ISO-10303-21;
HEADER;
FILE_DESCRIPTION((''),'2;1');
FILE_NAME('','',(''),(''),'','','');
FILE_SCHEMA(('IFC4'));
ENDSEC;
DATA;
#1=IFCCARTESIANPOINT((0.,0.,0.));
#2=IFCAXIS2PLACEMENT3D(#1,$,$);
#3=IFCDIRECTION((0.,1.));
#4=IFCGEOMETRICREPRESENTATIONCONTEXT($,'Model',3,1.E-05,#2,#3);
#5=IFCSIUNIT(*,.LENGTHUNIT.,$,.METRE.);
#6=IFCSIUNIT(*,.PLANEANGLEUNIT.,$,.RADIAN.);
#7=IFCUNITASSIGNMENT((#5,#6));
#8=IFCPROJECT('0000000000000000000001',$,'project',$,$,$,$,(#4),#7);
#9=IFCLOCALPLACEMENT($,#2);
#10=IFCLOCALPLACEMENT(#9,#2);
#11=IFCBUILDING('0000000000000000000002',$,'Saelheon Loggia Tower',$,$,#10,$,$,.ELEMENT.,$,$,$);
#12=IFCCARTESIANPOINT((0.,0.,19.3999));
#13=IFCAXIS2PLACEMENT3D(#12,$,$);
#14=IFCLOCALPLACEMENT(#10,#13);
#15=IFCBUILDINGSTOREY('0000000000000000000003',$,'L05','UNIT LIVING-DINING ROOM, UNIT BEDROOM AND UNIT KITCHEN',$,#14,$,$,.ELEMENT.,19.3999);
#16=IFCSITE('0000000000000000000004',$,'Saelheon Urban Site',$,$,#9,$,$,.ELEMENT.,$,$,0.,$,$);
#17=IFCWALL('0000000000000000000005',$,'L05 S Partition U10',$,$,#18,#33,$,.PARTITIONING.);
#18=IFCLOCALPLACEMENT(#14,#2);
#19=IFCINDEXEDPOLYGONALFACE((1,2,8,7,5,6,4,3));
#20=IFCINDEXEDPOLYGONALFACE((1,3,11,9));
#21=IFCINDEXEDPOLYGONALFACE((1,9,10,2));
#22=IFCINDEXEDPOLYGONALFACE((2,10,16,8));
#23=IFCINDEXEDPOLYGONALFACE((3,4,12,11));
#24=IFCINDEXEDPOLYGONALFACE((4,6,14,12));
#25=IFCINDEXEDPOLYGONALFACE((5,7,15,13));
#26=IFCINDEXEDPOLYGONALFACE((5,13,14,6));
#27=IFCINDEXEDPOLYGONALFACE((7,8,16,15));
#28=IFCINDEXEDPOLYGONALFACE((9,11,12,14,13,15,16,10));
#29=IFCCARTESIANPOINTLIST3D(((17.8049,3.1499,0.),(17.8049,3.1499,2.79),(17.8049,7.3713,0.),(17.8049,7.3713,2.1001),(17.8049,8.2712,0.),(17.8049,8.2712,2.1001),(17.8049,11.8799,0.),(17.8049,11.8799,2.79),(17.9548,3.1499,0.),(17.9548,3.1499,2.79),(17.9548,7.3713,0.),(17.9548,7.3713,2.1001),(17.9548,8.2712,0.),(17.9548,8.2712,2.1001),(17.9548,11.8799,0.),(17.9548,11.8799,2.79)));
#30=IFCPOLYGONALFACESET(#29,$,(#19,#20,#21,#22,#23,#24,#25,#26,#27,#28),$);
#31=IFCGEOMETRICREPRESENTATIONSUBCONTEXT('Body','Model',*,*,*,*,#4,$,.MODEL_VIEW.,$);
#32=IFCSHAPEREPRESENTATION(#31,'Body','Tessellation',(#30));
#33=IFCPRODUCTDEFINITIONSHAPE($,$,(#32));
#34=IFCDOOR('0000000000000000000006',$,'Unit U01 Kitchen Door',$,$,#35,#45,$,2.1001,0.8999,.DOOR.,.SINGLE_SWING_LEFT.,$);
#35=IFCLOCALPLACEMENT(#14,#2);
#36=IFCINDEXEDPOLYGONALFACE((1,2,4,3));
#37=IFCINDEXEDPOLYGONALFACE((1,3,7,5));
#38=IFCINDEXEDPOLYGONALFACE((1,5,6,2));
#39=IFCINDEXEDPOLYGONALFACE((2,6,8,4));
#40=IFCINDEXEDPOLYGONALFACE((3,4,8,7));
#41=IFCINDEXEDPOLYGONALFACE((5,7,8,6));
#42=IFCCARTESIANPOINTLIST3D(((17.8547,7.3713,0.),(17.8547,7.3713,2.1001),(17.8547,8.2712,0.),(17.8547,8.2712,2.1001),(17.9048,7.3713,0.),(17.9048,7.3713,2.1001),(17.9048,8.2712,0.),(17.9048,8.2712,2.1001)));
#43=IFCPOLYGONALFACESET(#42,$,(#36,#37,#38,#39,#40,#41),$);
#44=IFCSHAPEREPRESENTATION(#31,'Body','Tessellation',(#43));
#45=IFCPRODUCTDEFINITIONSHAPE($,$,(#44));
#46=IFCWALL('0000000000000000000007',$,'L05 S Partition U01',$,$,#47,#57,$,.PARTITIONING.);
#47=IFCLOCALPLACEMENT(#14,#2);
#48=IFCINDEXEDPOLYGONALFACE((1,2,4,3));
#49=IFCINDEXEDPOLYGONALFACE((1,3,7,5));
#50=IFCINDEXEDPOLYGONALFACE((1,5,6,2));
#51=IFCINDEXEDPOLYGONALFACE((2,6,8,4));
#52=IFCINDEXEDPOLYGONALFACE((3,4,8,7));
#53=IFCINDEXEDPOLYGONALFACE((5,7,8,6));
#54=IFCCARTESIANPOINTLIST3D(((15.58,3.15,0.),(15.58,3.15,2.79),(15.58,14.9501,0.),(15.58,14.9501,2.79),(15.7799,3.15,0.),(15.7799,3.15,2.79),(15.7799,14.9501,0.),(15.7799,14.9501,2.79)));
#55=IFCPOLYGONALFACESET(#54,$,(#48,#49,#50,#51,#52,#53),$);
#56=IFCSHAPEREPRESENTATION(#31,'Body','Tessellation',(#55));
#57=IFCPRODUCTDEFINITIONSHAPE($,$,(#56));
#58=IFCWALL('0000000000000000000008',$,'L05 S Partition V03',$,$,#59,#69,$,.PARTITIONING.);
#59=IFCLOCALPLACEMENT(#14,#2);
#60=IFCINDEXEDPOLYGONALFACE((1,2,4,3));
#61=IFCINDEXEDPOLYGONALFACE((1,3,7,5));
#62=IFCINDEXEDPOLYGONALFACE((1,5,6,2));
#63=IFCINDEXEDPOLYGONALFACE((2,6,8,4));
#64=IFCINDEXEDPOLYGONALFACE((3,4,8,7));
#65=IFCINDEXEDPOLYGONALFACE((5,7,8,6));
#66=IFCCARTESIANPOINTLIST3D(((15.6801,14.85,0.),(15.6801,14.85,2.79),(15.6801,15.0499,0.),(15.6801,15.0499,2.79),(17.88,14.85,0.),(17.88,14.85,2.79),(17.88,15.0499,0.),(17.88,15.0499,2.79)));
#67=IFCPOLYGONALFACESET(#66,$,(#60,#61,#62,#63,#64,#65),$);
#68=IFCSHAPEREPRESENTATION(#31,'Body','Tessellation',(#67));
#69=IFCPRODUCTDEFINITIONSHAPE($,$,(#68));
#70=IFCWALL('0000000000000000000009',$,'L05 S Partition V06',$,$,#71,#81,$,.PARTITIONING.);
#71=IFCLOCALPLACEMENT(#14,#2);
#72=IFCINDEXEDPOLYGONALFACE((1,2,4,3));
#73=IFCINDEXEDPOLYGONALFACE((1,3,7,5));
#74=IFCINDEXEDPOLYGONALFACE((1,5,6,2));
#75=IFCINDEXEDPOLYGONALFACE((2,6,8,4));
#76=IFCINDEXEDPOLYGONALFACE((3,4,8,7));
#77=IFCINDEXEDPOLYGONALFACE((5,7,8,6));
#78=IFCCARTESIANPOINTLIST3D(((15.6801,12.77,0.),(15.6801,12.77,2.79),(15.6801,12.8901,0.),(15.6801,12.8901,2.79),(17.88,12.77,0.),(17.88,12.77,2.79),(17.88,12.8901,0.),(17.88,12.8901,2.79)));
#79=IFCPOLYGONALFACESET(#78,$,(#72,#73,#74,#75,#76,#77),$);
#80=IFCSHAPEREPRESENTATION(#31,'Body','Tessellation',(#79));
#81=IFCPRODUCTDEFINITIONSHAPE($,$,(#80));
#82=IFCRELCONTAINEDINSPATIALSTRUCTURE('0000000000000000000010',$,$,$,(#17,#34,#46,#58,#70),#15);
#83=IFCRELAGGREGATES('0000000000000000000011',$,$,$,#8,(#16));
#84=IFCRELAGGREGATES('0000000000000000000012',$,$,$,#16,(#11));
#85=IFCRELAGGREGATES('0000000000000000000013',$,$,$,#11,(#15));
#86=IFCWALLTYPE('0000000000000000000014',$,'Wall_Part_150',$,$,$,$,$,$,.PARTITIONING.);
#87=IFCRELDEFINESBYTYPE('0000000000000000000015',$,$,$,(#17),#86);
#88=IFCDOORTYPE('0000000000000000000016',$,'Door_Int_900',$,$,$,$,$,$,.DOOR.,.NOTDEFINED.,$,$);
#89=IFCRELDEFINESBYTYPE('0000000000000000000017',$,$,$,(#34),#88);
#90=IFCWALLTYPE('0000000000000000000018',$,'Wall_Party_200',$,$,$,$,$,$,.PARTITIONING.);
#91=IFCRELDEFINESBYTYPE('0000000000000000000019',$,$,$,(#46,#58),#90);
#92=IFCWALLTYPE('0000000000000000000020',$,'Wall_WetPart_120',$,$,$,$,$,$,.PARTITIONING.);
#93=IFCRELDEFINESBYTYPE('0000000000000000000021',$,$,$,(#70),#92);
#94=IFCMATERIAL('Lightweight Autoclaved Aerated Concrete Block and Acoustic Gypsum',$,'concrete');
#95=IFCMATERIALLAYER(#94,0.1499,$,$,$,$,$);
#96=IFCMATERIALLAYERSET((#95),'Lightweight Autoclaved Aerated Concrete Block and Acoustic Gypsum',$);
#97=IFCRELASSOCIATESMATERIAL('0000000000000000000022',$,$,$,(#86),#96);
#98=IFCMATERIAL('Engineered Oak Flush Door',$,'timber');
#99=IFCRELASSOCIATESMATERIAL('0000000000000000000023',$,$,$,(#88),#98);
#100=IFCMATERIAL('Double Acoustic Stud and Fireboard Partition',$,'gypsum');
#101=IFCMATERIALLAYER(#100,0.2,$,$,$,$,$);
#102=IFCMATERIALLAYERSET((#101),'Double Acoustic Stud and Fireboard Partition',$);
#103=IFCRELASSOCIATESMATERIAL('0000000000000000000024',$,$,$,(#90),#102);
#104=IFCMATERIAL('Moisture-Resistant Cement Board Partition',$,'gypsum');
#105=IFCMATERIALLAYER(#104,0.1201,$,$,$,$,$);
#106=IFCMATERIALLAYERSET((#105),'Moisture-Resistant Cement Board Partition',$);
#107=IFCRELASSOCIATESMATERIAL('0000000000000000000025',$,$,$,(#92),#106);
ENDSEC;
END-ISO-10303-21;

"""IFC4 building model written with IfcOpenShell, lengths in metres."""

from ifc_helpers import new_model, si_unit, direction, frame, frame_2d, origin, place, context, subcontext, project, spatial, rectangle, extrude, source, transform, mapped, material, layer, layer_set, type_object, element, fill, save


model = new_model("IFC4")

# Units and contexts
model_context = context("Model", 3, precision=1e-05, world=origin(), true_north=direction((0.0, 1.0)))
body_context = subcontext(model_context, "Body", "Model", "MODEL_VIEW")
ifc_project = project(units=[si_unit("LENGTHUNIT", "METRE"), si_unit("PLANEANGLEUNIT", "RADIAN")], contexts=[model_context])

# Site, building, storey
site_placement = place(None, origin())
site = spatial("IfcSite", under=ifc_project, at=site_placement, Name="Saelheon Urban Site", CompositionType="ELEMENT", RefElevation=0.0)
building_placement = place(site_placement, origin())
building = spatial("IfcBuilding", under=site, at=building_placement, Name="Saelheon Loggia Tower", CompositionType="ELEMENT")
storey_placement = place(building_placement, frame((0.0, 0.0, 19.3999)))
storey = spatial("IfcBuildingStorey", under=building, at=storey_placement, Name="L05", Description="UNIT LIVING-DINING ROOM, UNIT BEDROOM AND UNIT KITCHEN", CompositionType="ELEMENT", Elevation=19.3999)

# Wall, opening, door
ifc_material_1 = material(Name="Lightweight Autoclaved Aerated Concrete Block and Acoustic Gypsum", Category="concrete")
ifc_layer_1 = layer(ifc_material_1, 0.1499)
ifc_layer_set_1 = layer_set([ifc_layer_1], Name="Lightweight Autoclaved Aerated Concrete Block and Acoustic Gypsum")
wall_type_1 = type_object("IfcWallType", Name="Wall_Part_150", PredefinedType="PARTITIONING", material=ifc_layer_set_1)
wall_1_placement = place(storey_placement, frame((17.8799, 11.8799, 0.0), z_axis=(0.0, 0.0, 1.0), x_axis=(0.0, -1.0, 0.0)))
wall_1 = element("IfcWall", 1, at=wall_1_placement, inside=storey, type_object=wall_type_1, Name="L05 S Partition U10", PredefinedType="PARTITIONING", context=body_context, shape_type="SweptSolid", body=[
    extrude(rectangle(XDim=8.73, YDim=0.1499, at=frame_2d((4.365, 0.0))), origin(), (0.0, 0.0, 1.0), 2.79),
])
opening_1_placement = place(wall_1_placement, frame((3.6086, 0.0, 0.0)))
opening_1 = element("IfcOpeningElement", 2, at=opening_1_placement, cuts=wall_1, PredefinedType="OPENING", context=body_context, shape_type="SweptSolid", body=[
    extrude(rectangle(XDim=0.8999, YDim=2.1001, at=frame_2d((0.45, 1.05))), frame((0.0, 0.0869, 0.0), z_axis=(0.0, -1.0, 0.0), x_axis=(1.0, 0.0, 0.0)), (0.0, 0.0, 1.0), 0.1738),
])
ifc_material_2 = material(Name="Engineered Oak Flush Door", Category="timber")
door_type_1 = type_object("IfcDoorType", Name="Door_Int_900", OperationType="NOTDEFINED", PredefinedType="DOOR", material=ifc_material_2)
shared_shape_1 = source(origin(), body_context, "Body", "SweptSolid", [
    extrude(rectangle(XDim=0.8999, YDim=2.1001, at=frame_2d((0.45, 1.05))), frame((0.0, 0.0249, 0.0), z_axis=(0.0, -1.0, 0.0), x_axis=(1.0, 0.0, 0.0)), (0.0, 0.0, 1.0), 0.05),
])
door_1_placement = place(opening_1_placement, origin())
door_1 = element("IfcDoor", 3, at=door_1_placement, inside=storey, type_object=door_type_1, Name="Unit U01 Kitchen Door", OperationType="SINGLE_SWING_LEFT", OverallHeight=2.1001, OverallWidth=0.8999, PredefinedType="DOOR", context=body_context, shape_type="MappedRepresentation", body=[
    mapped(shared_shape_1, transform((0.0, 0.0, 0.0), scale=1.0)),
])
fill(opening_1, door_1)

# Walls
ifc_material_3 = material(Name="Double Acoustic Stud and Fireboard Partition", Category="gypsum")
ifc_layer_2 = layer(ifc_material_3, 0.2)
ifc_layer_set_2 = layer_set([ifc_layer_2], Name="Double Acoustic Stud and Fireboard Partition")
wall_type_2 = type_object("IfcWallType", Name="Wall_Party_200", PredefinedType="PARTITIONING", material=ifc_layer_set_2)
wall_2_placement = place(storey_placement, frame((15.6799, 14.95, 0.0), z_axis=(0.0, 0.0, 1.0), x_axis=(0.0, -1.0, 0.0)))
element("IfcWall", 4, at=wall_2_placement, inside=storey, type_object=wall_type_2, Name="L05 S Partition U01", PredefinedType="PARTITIONING", context=body_context, shape_type="SweptSolid", body=[
    extrude(rectangle(XDim=11.8, YDim=0.2, at=frame_2d((5.8999, 0.0))), origin(), (0.0, 0.0, 1.0), 2.79),
])
wall_3_placement = place(storey_placement, frame((15.6799, 14.95, 0.0), z_axis=(0.0, 0.0, 1.0), x_axis=(1.0, 0.0, 0.0)))
element("IfcWall", 5, at=wall_3_placement, inside=storey, type_object=wall_type_2, Name="L05 S Partition V03", PredefinedType="PARTITIONING", context=body_context, shape_type="SweptSolid", body=[
    extrude(rectangle(XDim=2.2, YDim=0.2, at=frame_2d((1.1001, 0.0))), origin(), (0.0, 0.0, 1.0), 2.79),
])
ifc_material_4 = material(Name="Moisture-Resistant Cement Board Partition", Category="gypsum")
ifc_layer_3 = layer(ifc_material_4, 0.1201)
ifc_layer_set_3 = layer_set([ifc_layer_3], Name="Moisture-Resistant Cement Board Partition")
wall_type_3 = type_object("IfcWallType", Name="Wall_WetPart_120", PredefinedType="PARTITIONING", material=ifc_layer_set_3)
wall_4_placement = place(storey_placement, frame((15.6799, 12.8301, 0.0), z_axis=(0.0, 0.0, 1.0), x_axis=(1.0, 0.0, 0.0)))
element("IfcWall", 6, at=wall_4_placement, inside=storey, type_object=wall_type_3, Name="L05 S Partition V06", PredefinedType="PARTITIONING", context=body_context, shape_type="SweptSolid", body=[
    extrude(rectangle(XDim=2.2, YDim=0.1201, at=frame_2d((1.1001, 0.0))), origin(), (0.0, 0.0, 1.0), 2.79),
])

save(model, "model.ifc")
